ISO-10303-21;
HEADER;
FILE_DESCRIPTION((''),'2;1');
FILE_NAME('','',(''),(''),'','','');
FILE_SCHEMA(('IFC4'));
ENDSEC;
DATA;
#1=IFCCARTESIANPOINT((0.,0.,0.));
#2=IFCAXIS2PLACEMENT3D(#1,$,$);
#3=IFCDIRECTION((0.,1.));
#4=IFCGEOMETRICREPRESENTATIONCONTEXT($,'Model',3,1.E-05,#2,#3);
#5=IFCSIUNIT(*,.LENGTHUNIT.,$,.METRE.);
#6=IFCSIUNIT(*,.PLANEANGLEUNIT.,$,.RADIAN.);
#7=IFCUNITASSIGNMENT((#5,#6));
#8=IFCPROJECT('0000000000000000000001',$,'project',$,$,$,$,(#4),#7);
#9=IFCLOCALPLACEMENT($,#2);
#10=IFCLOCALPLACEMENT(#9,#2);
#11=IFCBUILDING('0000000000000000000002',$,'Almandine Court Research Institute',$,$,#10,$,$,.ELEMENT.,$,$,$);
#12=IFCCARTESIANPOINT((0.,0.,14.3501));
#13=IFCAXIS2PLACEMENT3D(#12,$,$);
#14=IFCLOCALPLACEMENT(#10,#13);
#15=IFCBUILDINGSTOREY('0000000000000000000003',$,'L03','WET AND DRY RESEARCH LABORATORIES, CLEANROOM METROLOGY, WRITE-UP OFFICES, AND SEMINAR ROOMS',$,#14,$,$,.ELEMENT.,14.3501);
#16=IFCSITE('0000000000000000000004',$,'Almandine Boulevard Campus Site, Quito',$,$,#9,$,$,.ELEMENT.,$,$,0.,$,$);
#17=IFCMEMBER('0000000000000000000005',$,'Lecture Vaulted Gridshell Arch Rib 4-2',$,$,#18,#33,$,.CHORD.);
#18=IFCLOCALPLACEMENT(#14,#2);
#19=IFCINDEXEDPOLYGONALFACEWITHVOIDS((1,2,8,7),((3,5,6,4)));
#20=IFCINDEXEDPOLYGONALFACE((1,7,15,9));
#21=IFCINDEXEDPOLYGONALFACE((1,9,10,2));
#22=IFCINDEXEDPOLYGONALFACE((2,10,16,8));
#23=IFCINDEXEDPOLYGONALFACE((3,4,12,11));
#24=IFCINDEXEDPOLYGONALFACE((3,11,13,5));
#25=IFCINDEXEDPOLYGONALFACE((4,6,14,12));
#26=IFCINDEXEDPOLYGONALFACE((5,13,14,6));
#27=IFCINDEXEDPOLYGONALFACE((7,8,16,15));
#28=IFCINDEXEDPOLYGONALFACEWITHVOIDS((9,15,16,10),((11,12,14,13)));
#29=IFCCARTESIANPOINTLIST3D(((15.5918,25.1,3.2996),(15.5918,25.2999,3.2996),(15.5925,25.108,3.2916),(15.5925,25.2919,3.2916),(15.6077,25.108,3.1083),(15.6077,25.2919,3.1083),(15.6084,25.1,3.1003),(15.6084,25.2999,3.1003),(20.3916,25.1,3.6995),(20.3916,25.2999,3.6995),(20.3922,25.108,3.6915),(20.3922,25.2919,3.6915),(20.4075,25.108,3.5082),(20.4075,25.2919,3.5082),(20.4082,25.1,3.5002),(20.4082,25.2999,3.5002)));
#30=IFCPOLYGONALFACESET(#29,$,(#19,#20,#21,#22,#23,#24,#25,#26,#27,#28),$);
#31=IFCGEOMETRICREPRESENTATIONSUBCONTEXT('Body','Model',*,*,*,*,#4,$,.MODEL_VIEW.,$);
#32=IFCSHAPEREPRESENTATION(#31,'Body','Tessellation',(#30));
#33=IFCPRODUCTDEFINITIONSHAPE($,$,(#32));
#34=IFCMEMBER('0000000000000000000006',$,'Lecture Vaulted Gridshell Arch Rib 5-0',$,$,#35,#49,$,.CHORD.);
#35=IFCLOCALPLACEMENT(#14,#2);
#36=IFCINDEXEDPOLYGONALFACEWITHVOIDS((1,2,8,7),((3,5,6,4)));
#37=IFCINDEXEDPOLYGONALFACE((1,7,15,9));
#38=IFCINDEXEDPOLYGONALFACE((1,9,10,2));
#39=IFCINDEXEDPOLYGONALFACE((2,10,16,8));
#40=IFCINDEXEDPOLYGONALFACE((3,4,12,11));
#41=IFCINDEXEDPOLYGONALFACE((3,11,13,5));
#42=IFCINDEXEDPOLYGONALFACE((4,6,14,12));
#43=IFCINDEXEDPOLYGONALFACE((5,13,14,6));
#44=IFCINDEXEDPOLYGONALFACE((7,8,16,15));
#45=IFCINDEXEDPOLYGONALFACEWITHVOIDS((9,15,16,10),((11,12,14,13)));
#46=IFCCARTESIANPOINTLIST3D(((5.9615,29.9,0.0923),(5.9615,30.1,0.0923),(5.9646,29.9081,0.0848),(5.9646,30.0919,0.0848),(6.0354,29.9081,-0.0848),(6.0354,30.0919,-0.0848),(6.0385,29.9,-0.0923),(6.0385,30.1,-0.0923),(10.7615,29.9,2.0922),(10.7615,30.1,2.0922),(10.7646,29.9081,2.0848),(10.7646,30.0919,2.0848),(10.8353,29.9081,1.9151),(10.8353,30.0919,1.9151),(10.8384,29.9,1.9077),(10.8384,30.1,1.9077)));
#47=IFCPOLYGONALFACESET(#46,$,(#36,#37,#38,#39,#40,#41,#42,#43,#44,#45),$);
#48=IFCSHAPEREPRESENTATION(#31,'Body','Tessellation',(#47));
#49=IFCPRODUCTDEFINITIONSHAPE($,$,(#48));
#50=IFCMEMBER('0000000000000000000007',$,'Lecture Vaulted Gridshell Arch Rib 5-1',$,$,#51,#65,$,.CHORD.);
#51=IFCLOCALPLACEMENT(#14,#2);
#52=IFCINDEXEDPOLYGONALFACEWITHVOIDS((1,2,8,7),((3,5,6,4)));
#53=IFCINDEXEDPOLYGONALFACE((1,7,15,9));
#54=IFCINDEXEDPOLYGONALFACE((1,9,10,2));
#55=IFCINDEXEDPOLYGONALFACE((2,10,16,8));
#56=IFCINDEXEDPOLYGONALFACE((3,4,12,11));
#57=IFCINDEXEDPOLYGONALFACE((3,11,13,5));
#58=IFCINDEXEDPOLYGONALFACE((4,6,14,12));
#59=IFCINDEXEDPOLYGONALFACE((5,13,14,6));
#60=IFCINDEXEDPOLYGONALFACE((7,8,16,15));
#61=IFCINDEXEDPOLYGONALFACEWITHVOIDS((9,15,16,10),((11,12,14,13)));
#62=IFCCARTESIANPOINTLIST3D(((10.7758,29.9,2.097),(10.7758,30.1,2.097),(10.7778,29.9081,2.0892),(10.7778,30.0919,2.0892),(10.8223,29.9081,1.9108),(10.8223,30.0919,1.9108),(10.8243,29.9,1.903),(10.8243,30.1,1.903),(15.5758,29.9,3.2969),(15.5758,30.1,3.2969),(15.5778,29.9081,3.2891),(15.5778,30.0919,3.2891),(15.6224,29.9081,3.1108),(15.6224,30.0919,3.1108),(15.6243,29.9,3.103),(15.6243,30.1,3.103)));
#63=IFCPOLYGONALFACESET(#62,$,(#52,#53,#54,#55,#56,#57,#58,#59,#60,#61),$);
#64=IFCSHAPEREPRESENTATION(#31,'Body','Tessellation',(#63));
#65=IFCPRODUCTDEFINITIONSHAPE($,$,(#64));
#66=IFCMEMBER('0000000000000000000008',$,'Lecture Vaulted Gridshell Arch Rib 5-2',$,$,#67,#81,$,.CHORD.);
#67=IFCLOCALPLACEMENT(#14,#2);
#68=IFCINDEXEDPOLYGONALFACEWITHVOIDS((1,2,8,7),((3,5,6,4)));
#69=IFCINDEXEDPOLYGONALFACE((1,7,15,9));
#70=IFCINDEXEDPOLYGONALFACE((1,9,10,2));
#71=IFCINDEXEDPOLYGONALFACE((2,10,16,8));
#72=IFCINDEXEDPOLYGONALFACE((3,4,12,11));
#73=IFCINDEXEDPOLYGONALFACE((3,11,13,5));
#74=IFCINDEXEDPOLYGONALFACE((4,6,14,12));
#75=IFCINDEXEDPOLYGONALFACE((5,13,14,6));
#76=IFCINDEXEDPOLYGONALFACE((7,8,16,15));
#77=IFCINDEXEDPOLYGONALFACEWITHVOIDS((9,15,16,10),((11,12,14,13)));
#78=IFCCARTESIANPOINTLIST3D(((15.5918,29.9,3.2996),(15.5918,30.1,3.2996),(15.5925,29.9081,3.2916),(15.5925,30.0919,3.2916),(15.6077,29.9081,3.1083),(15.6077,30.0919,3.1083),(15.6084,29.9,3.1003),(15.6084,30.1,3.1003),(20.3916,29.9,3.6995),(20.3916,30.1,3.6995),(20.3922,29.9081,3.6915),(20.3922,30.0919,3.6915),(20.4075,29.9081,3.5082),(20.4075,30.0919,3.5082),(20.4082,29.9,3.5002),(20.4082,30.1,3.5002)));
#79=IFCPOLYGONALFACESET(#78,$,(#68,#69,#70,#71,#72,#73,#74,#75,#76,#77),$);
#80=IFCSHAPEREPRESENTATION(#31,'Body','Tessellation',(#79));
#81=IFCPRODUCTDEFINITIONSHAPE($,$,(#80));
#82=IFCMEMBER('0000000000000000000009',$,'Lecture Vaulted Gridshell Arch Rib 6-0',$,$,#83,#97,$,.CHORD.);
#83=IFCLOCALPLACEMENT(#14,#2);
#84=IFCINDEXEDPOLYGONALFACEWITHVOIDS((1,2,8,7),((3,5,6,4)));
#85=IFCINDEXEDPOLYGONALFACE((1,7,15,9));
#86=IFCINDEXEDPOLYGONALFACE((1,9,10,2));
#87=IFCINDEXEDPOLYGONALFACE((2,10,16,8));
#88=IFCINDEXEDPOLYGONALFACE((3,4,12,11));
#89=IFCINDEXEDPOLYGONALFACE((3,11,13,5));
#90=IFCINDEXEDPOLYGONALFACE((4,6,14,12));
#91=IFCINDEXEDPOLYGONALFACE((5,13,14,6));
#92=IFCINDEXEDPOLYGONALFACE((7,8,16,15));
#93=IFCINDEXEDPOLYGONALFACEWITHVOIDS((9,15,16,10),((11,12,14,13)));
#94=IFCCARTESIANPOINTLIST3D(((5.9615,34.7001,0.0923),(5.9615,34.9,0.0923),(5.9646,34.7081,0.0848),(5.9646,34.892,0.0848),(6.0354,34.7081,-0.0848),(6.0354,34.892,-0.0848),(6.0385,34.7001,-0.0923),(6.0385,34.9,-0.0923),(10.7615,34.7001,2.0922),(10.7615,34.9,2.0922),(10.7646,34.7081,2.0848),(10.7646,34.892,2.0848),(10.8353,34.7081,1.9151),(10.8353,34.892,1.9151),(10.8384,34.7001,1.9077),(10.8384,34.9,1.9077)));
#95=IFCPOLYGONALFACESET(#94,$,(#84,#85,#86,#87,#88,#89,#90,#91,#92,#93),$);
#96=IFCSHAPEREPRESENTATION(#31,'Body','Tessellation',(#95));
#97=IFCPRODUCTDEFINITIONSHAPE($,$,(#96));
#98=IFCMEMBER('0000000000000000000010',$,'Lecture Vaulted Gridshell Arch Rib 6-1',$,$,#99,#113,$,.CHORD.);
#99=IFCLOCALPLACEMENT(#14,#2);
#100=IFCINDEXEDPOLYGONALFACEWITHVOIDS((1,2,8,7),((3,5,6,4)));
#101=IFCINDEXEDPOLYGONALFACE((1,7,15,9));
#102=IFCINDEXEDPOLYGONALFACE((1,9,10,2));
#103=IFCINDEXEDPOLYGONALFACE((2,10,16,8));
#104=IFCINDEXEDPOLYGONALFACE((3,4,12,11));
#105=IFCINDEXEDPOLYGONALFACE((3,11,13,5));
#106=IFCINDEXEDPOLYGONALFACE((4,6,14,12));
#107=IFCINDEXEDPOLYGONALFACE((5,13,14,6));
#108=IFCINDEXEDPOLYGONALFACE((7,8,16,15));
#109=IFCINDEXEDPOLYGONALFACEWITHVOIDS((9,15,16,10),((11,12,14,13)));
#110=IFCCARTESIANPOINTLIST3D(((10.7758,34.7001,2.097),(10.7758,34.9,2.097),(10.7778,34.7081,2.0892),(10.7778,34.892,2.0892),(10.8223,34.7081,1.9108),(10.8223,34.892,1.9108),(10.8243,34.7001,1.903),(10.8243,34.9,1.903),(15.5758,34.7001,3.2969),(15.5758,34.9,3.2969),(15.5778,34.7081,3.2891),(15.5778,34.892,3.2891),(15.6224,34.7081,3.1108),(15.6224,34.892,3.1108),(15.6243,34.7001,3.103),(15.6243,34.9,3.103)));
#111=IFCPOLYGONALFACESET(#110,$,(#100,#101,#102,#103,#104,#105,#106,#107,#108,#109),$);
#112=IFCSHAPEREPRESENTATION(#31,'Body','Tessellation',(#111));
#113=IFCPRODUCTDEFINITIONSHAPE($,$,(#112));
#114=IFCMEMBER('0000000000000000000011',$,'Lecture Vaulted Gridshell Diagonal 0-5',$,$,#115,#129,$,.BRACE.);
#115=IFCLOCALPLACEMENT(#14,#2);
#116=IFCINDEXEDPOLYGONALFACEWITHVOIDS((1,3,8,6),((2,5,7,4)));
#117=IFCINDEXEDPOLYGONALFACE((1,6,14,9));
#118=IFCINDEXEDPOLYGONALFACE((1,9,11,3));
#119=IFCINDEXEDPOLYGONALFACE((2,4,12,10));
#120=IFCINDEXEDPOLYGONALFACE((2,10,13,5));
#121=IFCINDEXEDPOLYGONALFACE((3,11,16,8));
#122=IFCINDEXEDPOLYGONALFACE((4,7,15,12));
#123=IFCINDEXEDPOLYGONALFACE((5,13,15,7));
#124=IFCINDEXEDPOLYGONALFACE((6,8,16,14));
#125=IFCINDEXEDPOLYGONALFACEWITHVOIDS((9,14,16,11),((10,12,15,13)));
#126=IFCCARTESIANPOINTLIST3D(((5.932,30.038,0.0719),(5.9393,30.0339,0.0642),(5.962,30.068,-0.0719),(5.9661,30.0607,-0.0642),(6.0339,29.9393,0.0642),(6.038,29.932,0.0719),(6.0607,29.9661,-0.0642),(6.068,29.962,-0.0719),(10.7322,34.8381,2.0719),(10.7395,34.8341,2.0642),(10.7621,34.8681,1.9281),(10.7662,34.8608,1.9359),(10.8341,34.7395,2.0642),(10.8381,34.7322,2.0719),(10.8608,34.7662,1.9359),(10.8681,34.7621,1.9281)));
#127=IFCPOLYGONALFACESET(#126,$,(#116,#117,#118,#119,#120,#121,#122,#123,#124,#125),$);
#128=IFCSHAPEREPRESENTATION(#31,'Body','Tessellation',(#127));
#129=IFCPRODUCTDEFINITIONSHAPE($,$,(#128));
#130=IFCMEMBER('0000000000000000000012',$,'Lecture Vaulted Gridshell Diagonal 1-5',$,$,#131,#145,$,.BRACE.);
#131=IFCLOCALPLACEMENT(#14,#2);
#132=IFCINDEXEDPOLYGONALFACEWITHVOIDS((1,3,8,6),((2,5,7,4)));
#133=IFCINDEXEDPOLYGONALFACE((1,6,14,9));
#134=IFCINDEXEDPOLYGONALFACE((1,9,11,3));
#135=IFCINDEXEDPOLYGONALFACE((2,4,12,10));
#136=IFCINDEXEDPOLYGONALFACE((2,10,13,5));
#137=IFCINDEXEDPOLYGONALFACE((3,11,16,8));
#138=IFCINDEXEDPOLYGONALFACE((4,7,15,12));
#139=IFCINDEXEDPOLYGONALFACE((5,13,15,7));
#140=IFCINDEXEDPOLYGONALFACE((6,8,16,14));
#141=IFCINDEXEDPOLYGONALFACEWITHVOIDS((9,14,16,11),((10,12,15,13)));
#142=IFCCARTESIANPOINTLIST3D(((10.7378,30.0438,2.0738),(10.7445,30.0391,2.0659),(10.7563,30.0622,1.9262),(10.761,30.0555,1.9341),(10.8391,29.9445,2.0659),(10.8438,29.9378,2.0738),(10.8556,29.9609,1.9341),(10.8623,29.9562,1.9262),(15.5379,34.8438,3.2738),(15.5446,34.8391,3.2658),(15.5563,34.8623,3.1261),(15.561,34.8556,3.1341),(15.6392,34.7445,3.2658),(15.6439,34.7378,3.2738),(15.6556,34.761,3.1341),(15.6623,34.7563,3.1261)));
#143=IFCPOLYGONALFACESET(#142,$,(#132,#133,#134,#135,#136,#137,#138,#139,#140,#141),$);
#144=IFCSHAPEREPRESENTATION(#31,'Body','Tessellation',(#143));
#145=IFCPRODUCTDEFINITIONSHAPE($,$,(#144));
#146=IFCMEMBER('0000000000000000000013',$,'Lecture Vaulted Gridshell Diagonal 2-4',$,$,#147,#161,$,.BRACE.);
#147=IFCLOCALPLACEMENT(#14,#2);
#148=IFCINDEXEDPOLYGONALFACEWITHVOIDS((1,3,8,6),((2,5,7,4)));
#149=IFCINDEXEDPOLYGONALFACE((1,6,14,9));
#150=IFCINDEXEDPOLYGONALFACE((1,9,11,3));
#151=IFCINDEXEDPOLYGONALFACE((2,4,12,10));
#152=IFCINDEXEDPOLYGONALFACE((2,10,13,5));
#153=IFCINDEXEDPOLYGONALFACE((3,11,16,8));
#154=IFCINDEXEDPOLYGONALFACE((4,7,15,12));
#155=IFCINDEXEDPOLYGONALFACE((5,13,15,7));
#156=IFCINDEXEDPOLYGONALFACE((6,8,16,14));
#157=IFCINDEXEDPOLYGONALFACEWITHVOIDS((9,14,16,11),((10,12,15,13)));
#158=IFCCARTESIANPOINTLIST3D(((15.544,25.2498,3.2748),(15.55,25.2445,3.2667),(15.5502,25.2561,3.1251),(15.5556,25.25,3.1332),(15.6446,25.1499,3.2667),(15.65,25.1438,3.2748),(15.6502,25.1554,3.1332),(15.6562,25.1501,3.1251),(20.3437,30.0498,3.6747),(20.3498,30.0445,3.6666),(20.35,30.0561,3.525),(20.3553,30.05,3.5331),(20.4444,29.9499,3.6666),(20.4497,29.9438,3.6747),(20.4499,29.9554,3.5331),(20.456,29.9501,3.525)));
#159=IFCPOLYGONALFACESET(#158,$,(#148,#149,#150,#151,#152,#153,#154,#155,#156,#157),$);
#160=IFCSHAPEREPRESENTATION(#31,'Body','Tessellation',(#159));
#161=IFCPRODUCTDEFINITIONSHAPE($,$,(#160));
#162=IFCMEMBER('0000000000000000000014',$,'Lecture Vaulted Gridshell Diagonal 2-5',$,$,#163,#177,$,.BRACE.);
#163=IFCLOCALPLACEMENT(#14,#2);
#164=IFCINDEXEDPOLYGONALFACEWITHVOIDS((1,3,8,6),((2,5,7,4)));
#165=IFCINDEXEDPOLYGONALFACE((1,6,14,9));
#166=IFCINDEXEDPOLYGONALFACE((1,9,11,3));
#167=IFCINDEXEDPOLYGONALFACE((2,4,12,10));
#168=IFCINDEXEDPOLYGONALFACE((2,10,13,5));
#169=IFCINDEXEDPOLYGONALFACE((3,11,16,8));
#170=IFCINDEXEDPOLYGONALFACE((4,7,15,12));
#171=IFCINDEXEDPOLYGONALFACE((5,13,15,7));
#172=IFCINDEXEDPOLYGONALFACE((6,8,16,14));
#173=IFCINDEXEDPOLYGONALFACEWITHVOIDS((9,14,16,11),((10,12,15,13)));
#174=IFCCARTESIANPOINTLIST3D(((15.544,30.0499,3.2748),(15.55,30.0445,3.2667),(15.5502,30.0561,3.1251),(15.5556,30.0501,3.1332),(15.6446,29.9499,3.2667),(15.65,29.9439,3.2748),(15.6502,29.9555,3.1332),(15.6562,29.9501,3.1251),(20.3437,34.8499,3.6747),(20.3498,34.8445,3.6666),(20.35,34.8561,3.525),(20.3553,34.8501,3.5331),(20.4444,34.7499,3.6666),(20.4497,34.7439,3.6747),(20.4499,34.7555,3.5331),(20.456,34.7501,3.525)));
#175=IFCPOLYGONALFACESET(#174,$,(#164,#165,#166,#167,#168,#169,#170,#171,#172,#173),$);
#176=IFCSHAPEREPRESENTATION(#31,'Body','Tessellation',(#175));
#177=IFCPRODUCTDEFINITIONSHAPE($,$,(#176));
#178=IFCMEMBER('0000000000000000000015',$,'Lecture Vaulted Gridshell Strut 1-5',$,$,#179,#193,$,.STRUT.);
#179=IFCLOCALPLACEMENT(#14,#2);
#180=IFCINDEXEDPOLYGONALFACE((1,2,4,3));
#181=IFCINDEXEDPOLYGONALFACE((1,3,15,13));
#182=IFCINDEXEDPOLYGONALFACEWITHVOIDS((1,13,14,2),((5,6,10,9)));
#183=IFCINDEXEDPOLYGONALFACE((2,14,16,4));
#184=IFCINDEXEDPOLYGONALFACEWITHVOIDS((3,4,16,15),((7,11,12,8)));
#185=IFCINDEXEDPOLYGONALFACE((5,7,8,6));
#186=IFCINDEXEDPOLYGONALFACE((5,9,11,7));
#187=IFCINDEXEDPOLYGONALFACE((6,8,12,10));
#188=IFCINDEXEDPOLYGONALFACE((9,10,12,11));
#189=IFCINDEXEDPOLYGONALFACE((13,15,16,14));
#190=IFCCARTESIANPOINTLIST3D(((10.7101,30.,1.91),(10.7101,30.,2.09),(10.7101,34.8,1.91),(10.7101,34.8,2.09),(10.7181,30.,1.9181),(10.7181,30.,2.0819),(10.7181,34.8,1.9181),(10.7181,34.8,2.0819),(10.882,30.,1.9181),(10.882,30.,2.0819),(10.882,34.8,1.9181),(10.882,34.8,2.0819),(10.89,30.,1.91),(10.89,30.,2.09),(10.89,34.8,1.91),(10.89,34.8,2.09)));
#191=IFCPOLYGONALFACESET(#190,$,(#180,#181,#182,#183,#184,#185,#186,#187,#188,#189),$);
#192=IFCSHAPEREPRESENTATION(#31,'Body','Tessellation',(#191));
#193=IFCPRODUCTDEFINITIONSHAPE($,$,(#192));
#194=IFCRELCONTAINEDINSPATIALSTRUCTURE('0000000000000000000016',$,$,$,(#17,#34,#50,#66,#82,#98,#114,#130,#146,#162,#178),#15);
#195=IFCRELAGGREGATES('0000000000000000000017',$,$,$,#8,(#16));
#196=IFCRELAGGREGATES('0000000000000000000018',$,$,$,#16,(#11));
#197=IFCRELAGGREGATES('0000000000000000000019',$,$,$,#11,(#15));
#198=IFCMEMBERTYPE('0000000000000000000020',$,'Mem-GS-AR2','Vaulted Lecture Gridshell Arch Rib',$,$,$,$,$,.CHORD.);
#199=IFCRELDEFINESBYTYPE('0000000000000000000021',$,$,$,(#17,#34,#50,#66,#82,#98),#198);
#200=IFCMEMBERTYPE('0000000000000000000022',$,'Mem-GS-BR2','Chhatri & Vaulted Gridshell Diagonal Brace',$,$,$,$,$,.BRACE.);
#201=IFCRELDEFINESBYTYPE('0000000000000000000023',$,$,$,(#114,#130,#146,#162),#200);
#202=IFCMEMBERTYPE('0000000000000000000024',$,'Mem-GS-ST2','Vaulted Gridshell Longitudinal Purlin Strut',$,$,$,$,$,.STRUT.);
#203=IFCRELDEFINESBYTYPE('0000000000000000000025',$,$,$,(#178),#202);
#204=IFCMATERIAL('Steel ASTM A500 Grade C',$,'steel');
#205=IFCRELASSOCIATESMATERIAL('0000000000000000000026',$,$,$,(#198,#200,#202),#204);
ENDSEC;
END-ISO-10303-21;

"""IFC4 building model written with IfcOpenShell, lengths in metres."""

from ifc_helpers import new_model, si_unit, direction, frame, origin, origin_2d, place, context, subcontext, project, spatial, hollow_rectangle, extrude, material, material_profile, profile_set, type_object, element, save


model = new_model("IFC4")

# Units and contexts
model_context = context("Model", 3, precision=1e-05, world=origin(), true_north=direction((0.0, 1.0)))
body_context = subcontext(model_context, "Body", "Model", "MODEL_VIEW")
ifc_project = project(units=[si_unit("LENGTHUNIT", "METRE"), si_unit("PLANEANGLEUNIT", "RADIAN")], contexts=[model_context])

# Site, building, storey
site_placement = place(None, origin())
site = spatial("IfcSite", under=ifc_project, at=site_placement, Name="Almandine Boulevard Campus Site, Quito", CompositionType="ELEMENT", RefElevation=0.0)
building_placement = place(site_placement, origin())
building = spatial("IfcBuilding", under=site, at=building_placement, Name="Almandine Court Research Institute", CompositionType="ELEMENT")
storey_placement = place(building_placement, frame((0.0, 0.0, 14.3501)))
storey = spatial("IfcBuildingStorey", under=building, at=storey_placement, Name="L03", Description="WET AND DRY RESEARCH LABORATORIES, CLEANROOM METROLOGY, WRITE-UP OFFICES, AND SEMINAR ROOMS", CompositionType="ELEMENT", Elevation=14.3501)

# Members
ifc_material_1 = material(Name="Steel ASTM A500 Grade C", Category="steel")
ifc_material_profile_1 = material_profile(ifc_material_1, hollow_rectangle(XDim=0.2, YDim=0.2, WallThickness=0.0081, at=origin_2d()), Name="HSS 200x200x8")
ifc_profile_set_1 = profile_set([ifc_material_profile_1], Name="Steel ASTM A500 Grade C")
member_type_1 = type_object("IfcMemberType", Name="Mem-GS-AR2", Description="Vaulted Lecture Gridshell Arch Rib", PredefinedType="CHORD", material=ifc_profile_set_1)
member_1_placement = place(storey_placement, frame((15.6001, 25.2, 3.2), z_axis=(0.996547, 0.0, 0.083029), x_axis=(0.0, 1.0, 0.0)))
element("IfcMember", 1, at=member_1_placement, inside=storey, type_object=member_type_1, Name="Lecture Vaulted Gridshell Arch Rib 4-2", PredefinedType="CHORD", context=body_context, shape_type="SweptSolid", body=[
    extrude(hollow_rectangle(XDim=0.2, YDim=0.2, WallThickness=0.0081, at=origin_2d()), origin(), (0.0, 0.0, 1.0), 4.8164),
])
member_2_placement = place(storey_placement, frame((6.0, 30.0, 0.0), z_axis=(0.923078, 0.0, 0.384612), x_axis=(0.0, 1.0, 0.0)))
element("IfcMember", 2, at=member_2_placement, inside=storey, type_object=member_type_1, Name="Lecture Vaulted Gridshell Arch Rib 5-0", PredefinedType="CHORD", context=body_context, shape_type="SweptSolid", body=[
    extrude(hollow_rectangle(XDim=0.2, YDim=0.2, WallThickness=0.0081, at=origin_2d()), origin(), (0.0, 0.0, 1.0), 5.2),
])
member_3_placement = place(storey_placement, frame((10.8, 30.0, 2.0), z_axis=(0.970145, 0.0, 0.242524), x_axis=(0.0, 1.0, 0.0)))
element("IfcMember", 3, at=member_3_placement, inside=storey, type_object=member_type_1, Name="Lecture Vaulted Gridshell Arch Rib 5-1", PredefinedType="CHORD", context=body_context, shape_type="SweptSolid", body=[
    extrude(hollow_rectangle(XDim=0.2, YDim=0.2, WallThickness=0.0081, at=origin_2d()), origin(), (0.0, 0.0, 1.0), 4.9478),
])
member_4_placement = place(storey_placement, frame((15.6001, 30.0, 3.2), z_axis=(0.996547, 0.0, 0.083029), x_axis=(0.0, 1.0, 0.0)))
element("IfcMember", 4, at=member_4_placement, inside=storey, type_object=member_type_1, Name="Lecture Vaulted Gridshell Arch Rib 5-2", PredefinedType="CHORD", context=body_context, shape_type="SweptSolid", body=[
    extrude(hollow_rectangle(XDim=0.2, YDim=0.2, WallThickness=0.0081, at=origin_2d()), origin(), (0.0, 0.0, 1.0), 4.8164),
])
member_5_placement = place(storey_placement, frame((6.0, 34.8, 0.0), z_axis=(0.923078, 0.0, 0.384612), x_axis=(0.0, 1.0, 0.0)))
element("IfcMember", 5, at=member_5_placement, inside=storey, type_object=member_type_1, Name="Lecture Vaulted Gridshell Arch Rib 6-0", PredefinedType="CHORD", context=body_context, shape_type="SweptSolid", body=[
    extrude(hollow_rectangle(XDim=0.2, YDim=0.2, WallThickness=0.0081, at=origin_2d()), origin(), (0.0, 0.0, 1.0), 5.2),
])
member_6_placement = place(storey_placement, frame((10.8, 34.8, 2.0), z_axis=(0.970145, 0.0, 0.242524), x_axis=(0.0, 1.0, 0.0)))
element("IfcMember", 6, at=member_6_placement, inside=storey, type_object=member_type_1, Name="Lecture Vaulted Gridshell Arch Rib 6-1", PredefinedType="CHORD", context=body_context, shape_type="SweptSolid", body=[
    extrude(hollow_rectangle(XDim=0.2, YDim=0.2, WallThickness=0.0081, at=origin_2d()), origin(), (0.0, 0.0, 1.0), 4.9478),
])
ifc_material_profile_2 = material_profile(ifc_material_1, hollow_rectangle(XDim=0.1499, YDim=0.1499, WallThickness=0.0081, at=origin_2d()), Name="HSS 150x150x8")
ifc_profile_set_2 = profile_set([ifc_material_profile_2], Name="Steel ASTM A500 Grade C")
member_type_2 = type_object("IfcMemberType", Name="Mem-GS-BR2", Description="Chhatri & Vaulted Gridshell Diagonal Brace", PredefinedType="BRACE", material=ifc_profile_set_2)
member_7_placement = place(storey_placement, frame((6.0, 30.0, 0.0), z_axis=(0.678281, 0.678281, 0.282614), x_axis=(-0.707107, 0.707107, 0.0)))
element("IfcMember", 7, at=member_7_placement, inside=storey, type_object=member_type_2, Name="Lecture Vaulted Gridshell Diagonal 0-5", PredefinedType="BRACE", context=body_context, shape_type="SweptSolid", body=[
    extrude(hollow_rectangle(XDim=0.1499, YDim=0.1499, WallThickness=0.0081, at=origin_2d()), origin(), (0.0, 0.0, 1.0), 7.0769),
])
member_8_placement = place(storey_placement, frame((10.8, 30.0, 2.0), z_axis=(0.696312, 0.696312, 0.174069), x_axis=(-0.707107, 0.707107, 0.0)))
element("IfcMember", 8, at=member_8_placement, inside=storey, type_object=member_type_2, Name="Lecture Vaulted Gridshell Diagonal 1-5", PredefinedType="BRACE", context=body_context, shape_type="SweptSolid", body=[
    extrude(hollow_rectangle(XDim=0.1499, YDim=0.1499, WallThickness=0.0081, at=origin_2d()), origin(), (0.0, 0.0, 1.0), 6.8936),
])
for number, where, z_axis, x_axis, name in (
    (9, (15.6001, 25.2, 3.2), (0.705865, 0.705901, 0.05881), (-0.707125, 0.707089, 0.0), "Lecture Vaulted Gridshell Diagonal 2-4"),
    (10, (15.6001, 30.0, 3.2), (0.705865, 0.705901, 0.05881), (-0.707125, 0.707089, 0.0), "Lecture Vaulted Gridshell Diagonal 2-5"),
):
    element("IfcMember", number, at=place(storey_placement, frame(where, z_axis=z_axis, x_axis=x_axis)), inside=storey, type_object=member_type_2, Name=name, PredefinedType="BRACE", context=body_context, shape_type="SweptSolid", body=[
        extrude(hollow_rectangle(XDim=0.1499, YDim=0.1499, WallThickness=0.0081, at=origin_2d()), origin(), (0.0, 0.0, 1.0), 6.7998),
    ])
ifc_material_profile_3 = material_profile(ifc_material_1, hollow_rectangle(XDim=0.1799, YDim=0.1799, WallThickness=0.0081, at=origin_2d()), Name="HSS 180x180x8")
ifc_profile_set_3 = profile_set([ifc_material_profile_3], Name="Steel ASTM A500 Grade C")
member_type_3 = type_object("IfcMemberType", Name="Mem-GS-ST2", Description="Vaulted Gridshell Longitudinal Purlin Strut", PredefinedType="STRUT", material=ifc_profile_set_3)
for number, where, z_axis, x_axis, name in (
    (11, (10.8, 30.0, 2.0), (0.0, 1.0, 0.0), (-1.0, 0.0, 0.0), "Lecture Vaulted Gridshell Strut 1-5"),
):
    element("IfcMember", number, at=place(storey_placement, frame(where, z_axis=z_axis, x_axis=x_axis)), inside=storey, type_object=member_type_3, Name=name, PredefinedType="STRUT", context=body_context, shape_type="SweptSolid", body=[
        extrude(hollow_rectangle(XDim=0.1799, YDim=0.1799, WallThickness=0.0081, at=origin_2d()), origin(), (0.0, 0.0, 1.0), 4.8),
    ])

save(model, "model.ifc")
